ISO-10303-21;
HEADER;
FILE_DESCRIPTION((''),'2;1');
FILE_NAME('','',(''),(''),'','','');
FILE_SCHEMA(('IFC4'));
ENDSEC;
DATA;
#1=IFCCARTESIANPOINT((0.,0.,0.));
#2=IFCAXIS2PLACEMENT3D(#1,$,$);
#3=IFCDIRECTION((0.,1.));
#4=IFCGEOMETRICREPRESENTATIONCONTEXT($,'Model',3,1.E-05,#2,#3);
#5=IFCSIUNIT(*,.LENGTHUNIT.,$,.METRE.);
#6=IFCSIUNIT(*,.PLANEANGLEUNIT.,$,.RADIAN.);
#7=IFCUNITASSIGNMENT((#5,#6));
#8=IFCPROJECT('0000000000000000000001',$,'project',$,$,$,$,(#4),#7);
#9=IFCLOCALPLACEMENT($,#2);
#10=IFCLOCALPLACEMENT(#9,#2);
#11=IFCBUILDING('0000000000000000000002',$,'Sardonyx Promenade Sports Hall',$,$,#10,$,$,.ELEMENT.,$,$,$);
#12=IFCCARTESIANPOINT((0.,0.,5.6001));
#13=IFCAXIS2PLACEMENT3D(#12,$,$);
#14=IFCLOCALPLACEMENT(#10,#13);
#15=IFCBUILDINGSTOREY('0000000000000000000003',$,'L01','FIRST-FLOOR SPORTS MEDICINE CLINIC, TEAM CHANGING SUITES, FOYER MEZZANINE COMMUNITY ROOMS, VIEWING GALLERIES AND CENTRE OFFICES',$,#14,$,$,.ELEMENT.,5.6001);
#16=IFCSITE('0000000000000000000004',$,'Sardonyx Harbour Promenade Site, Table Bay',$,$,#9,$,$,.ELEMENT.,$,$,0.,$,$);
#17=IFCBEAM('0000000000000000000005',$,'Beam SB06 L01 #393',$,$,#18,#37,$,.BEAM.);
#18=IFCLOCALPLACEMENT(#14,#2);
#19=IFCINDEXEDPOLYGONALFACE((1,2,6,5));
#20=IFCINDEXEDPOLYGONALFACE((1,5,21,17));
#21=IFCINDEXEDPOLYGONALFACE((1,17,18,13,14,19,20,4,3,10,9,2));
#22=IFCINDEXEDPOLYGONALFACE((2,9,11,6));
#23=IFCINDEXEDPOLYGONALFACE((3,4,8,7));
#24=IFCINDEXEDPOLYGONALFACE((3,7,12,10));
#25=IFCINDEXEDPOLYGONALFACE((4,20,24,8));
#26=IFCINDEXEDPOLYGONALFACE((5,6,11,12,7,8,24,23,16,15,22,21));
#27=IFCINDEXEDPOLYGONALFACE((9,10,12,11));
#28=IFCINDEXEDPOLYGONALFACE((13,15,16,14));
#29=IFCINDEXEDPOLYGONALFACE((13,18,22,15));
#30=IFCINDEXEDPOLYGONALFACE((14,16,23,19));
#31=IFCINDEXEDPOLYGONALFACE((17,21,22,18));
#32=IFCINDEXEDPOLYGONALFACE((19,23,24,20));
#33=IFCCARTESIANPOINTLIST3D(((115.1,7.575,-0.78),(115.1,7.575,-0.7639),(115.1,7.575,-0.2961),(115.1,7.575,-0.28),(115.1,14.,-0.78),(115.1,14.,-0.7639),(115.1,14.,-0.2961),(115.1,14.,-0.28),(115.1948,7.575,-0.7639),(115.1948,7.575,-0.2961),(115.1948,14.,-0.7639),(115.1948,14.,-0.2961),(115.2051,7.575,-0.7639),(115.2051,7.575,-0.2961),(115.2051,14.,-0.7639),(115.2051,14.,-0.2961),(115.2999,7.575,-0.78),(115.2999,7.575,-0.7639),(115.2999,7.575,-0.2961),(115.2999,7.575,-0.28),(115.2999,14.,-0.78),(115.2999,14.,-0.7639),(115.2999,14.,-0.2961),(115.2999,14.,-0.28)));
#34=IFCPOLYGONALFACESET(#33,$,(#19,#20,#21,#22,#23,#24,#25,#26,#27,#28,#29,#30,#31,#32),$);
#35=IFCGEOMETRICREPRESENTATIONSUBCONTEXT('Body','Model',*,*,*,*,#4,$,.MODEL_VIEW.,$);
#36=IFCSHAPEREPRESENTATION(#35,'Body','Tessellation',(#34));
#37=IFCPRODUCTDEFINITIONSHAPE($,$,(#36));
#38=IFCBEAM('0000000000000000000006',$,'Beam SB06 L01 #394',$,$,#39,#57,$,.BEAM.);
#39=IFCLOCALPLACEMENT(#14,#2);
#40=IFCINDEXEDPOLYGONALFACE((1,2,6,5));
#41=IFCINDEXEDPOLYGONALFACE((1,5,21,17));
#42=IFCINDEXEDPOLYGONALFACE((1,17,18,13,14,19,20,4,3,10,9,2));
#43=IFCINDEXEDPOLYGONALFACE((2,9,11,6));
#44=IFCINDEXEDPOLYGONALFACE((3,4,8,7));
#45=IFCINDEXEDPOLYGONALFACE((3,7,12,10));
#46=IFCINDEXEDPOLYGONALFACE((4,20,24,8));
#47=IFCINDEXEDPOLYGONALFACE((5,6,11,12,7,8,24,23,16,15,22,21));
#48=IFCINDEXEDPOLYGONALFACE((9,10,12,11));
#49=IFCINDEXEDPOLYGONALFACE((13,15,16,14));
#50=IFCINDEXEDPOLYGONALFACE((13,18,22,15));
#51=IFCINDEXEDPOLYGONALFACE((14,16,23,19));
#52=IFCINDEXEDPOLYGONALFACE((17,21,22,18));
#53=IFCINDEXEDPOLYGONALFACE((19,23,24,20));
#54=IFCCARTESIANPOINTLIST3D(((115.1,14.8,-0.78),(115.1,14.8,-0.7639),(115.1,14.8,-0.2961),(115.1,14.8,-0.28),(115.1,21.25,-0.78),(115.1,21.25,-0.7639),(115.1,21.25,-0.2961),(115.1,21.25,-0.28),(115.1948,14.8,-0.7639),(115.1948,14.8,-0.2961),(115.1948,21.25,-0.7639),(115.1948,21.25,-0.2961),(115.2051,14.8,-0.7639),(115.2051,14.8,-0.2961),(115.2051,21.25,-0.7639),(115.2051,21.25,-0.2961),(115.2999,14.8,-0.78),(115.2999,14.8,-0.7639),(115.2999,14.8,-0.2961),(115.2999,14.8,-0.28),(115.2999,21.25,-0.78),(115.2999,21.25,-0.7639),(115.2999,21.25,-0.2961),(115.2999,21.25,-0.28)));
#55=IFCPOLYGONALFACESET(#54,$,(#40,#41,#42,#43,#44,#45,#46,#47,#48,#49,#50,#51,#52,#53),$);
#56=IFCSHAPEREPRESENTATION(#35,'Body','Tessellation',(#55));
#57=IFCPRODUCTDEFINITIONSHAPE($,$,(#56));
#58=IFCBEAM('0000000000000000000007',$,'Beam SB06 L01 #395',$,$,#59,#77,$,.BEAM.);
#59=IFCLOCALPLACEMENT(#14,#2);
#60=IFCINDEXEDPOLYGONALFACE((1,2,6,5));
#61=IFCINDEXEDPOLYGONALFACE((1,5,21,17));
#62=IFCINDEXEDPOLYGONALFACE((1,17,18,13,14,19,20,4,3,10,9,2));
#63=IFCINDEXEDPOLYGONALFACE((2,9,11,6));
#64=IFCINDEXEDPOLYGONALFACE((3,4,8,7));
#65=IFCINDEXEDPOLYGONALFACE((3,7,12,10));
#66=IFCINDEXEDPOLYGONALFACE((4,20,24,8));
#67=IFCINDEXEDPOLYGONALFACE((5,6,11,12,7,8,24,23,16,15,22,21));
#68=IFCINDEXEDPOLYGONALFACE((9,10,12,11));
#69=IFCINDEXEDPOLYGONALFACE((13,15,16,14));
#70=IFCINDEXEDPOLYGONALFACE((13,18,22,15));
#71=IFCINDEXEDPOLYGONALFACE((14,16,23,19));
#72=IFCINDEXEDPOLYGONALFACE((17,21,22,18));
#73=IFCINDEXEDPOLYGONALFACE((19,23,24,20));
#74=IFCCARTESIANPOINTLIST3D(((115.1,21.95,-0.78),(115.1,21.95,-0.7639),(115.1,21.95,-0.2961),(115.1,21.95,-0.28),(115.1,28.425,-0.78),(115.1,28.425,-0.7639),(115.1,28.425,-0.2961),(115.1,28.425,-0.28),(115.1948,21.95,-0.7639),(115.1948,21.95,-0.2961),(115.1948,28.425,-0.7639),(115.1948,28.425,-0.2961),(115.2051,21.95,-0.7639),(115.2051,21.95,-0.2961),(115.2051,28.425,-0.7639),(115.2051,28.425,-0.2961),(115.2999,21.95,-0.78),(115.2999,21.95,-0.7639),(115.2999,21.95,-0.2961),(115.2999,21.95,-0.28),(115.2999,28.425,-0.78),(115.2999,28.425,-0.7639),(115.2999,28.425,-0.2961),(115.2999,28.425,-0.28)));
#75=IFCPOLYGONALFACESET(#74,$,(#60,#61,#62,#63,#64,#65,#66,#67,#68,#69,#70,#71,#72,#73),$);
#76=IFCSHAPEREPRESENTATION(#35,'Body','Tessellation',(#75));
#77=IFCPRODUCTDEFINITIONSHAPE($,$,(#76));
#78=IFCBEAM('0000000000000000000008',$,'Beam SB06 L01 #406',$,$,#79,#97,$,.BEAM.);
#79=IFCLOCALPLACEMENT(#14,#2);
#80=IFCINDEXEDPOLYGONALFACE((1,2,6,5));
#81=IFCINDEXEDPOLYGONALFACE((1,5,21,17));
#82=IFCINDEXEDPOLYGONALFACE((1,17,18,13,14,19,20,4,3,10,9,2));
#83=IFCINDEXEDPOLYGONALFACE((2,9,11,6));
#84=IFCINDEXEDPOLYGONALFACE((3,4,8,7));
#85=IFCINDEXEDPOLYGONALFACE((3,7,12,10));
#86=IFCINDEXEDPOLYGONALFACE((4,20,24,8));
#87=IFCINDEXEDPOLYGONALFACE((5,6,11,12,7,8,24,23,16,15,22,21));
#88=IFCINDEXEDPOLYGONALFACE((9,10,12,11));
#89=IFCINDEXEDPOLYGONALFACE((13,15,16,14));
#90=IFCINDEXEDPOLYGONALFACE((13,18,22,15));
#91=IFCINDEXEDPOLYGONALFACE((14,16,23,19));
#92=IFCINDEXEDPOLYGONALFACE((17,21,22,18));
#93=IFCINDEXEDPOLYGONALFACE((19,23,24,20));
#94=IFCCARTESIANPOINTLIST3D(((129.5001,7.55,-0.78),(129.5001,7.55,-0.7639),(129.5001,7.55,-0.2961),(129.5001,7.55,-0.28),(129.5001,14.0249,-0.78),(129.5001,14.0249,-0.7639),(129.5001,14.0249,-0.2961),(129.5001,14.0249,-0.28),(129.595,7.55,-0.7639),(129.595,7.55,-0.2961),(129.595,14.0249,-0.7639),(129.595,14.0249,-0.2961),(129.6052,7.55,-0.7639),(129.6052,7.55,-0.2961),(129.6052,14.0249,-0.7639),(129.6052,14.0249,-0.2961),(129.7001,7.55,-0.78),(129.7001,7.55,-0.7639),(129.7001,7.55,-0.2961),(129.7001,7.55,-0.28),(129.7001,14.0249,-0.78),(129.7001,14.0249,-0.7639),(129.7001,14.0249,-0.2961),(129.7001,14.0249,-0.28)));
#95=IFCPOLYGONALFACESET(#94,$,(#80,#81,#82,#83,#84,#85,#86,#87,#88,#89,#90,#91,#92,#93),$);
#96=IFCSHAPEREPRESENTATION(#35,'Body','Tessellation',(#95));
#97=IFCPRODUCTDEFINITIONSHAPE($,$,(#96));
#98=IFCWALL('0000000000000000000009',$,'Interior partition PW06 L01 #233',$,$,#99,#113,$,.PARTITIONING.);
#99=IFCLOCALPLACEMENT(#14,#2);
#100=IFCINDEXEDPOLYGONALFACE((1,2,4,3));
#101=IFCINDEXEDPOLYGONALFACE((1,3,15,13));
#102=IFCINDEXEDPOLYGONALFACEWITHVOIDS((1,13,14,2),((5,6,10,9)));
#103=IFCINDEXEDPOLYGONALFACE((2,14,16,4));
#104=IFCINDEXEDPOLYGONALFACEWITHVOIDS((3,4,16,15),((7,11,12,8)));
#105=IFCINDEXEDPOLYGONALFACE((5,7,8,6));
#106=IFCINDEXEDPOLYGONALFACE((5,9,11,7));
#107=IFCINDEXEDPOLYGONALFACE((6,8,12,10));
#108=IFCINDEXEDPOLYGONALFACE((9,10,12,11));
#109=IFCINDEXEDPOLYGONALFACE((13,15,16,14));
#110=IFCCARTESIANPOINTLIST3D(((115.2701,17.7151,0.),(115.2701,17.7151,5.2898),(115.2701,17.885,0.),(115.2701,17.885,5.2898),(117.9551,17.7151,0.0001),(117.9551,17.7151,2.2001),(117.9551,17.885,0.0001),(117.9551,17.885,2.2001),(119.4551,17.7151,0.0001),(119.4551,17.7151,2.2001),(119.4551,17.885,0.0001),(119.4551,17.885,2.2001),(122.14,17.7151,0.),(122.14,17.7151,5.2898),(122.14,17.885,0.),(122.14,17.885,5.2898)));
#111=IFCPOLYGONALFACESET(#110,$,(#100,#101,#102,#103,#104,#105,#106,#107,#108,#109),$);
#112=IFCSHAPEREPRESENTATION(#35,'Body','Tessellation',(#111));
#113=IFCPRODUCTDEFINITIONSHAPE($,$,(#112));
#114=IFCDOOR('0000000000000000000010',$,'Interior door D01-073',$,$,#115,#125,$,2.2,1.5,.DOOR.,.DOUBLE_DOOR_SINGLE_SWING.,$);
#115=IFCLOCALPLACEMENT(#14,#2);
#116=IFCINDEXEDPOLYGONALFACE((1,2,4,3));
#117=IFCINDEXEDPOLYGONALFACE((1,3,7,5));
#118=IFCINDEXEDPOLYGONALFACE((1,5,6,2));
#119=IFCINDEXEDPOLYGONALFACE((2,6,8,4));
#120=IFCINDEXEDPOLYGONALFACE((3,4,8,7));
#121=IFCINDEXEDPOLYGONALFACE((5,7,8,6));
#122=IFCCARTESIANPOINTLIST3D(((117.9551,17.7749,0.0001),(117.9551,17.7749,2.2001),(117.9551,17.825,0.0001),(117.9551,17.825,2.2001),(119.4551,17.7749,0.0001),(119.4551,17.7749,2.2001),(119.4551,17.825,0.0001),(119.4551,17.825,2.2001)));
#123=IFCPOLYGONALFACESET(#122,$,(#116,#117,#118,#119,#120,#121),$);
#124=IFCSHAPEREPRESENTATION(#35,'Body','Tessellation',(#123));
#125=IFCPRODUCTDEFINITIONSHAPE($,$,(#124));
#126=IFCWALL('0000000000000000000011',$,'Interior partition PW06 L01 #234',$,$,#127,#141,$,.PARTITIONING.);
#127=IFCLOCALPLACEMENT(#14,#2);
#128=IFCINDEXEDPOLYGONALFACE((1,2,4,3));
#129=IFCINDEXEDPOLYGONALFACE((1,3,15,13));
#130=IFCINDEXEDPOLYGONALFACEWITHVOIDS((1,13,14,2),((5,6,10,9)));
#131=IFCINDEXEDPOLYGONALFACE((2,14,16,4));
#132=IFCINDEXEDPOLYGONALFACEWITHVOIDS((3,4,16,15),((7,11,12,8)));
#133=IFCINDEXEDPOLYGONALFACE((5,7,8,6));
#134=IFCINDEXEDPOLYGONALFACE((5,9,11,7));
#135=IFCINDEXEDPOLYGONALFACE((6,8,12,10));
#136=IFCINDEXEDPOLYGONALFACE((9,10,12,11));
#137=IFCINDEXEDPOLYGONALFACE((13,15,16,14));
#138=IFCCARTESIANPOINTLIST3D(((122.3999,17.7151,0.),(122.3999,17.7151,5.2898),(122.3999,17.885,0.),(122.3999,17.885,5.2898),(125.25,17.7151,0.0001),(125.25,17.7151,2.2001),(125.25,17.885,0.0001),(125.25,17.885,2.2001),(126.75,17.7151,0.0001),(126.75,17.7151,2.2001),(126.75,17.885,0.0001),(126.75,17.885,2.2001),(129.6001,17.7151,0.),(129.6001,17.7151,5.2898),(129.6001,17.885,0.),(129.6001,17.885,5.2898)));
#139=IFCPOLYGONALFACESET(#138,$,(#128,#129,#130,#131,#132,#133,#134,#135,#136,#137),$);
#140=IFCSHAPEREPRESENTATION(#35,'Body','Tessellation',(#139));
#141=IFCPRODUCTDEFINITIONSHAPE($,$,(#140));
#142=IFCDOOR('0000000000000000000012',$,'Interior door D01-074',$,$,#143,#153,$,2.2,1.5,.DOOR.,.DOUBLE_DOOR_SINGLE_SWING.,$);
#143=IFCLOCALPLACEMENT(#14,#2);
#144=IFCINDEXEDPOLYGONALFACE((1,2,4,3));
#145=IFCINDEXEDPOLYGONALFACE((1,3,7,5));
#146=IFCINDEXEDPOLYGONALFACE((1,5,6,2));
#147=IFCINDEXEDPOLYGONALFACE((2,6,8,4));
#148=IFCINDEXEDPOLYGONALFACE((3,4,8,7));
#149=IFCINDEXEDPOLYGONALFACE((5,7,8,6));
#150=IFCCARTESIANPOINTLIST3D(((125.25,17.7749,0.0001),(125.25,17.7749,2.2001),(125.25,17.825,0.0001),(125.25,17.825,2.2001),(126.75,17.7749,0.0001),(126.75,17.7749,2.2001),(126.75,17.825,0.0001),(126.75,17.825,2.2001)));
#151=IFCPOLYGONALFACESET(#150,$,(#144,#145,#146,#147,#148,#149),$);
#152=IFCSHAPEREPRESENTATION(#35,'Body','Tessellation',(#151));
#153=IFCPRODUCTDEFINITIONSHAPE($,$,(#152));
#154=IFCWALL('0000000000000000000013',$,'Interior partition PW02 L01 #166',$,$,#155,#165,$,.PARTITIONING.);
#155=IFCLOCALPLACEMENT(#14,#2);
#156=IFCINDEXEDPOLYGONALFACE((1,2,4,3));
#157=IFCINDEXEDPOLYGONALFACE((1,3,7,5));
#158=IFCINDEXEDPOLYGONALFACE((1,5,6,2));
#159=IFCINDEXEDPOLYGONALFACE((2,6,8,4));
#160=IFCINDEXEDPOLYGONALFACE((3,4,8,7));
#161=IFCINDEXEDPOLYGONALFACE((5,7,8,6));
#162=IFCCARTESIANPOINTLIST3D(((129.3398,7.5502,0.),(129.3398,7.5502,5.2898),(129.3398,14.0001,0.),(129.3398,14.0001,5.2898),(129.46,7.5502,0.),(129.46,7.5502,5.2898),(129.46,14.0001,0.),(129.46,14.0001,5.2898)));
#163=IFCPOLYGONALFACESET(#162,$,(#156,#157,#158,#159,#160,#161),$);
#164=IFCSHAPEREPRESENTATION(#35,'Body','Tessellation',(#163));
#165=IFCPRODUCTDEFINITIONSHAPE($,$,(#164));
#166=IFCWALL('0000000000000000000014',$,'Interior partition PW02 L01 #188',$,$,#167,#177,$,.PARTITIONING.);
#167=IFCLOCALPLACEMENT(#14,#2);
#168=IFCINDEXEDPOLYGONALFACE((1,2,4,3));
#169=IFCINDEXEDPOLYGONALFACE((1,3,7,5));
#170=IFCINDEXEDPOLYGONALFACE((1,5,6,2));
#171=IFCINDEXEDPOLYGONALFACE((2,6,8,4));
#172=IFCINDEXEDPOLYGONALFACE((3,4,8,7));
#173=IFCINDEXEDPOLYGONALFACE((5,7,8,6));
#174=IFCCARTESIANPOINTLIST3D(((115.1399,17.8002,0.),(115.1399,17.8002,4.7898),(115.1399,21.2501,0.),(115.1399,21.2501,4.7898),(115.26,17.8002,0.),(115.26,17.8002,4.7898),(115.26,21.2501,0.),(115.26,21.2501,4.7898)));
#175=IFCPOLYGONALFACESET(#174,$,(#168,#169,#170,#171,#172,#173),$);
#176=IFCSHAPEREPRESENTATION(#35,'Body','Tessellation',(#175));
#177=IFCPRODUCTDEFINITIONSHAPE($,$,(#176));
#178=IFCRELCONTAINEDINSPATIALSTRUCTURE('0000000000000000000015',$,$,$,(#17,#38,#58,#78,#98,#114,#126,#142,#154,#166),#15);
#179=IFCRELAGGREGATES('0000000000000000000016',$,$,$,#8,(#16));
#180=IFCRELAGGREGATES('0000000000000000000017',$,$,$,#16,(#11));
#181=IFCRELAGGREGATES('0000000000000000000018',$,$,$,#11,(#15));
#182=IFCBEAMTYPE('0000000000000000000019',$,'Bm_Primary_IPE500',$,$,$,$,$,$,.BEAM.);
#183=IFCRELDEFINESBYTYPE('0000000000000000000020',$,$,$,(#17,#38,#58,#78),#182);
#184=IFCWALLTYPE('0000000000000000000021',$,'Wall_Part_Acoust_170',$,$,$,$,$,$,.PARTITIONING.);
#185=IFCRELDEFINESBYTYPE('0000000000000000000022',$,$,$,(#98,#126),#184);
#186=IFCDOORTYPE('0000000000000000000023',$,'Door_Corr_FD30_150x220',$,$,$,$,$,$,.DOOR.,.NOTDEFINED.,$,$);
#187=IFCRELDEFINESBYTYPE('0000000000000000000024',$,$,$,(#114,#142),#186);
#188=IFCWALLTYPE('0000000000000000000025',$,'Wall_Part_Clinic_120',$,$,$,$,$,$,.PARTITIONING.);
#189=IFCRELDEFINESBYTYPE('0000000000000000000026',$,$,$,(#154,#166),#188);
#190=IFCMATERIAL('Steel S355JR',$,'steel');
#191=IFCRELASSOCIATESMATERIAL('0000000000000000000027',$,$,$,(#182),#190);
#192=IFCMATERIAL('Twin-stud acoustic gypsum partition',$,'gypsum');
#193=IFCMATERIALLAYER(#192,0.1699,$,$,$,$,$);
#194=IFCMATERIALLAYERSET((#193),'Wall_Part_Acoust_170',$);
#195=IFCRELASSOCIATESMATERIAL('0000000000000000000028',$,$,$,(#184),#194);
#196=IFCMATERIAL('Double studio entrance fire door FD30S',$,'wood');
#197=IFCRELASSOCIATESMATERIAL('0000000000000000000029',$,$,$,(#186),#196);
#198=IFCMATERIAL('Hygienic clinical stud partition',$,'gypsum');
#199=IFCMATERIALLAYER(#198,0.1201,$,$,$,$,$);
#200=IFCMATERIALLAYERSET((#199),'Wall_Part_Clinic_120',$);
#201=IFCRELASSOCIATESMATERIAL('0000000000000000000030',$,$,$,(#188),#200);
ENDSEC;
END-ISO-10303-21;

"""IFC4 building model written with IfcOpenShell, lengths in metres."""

from ifc_helpers import new_model, si_unit, direction, frame, frame_2d, origin, origin_2d, place, context, subcontext, project, spatial, rectangle, i_section, extrude, material, layer, layer_set, material_profile, profile_set, type_object, element, fill, save


model = new_model("IFC4")

# Units and contexts
model_context = context("Model", 3, precision=1e-05, world=origin(), true_north=direction((0.0, 1.0)))
body_context = subcontext(model_context, "Body", "Model", "MODEL_VIEW")
ifc_project = project(units=[si_unit("LENGTHUNIT", "METRE"), si_unit("PLANEANGLEUNIT", "RADIAN")], contexts=[model_context])

# Site, building, storey
site_placement = place(None, origin())
site = spatial("IfcSite", under=ifc_project, at=site_placement, Name="Sardonyx Harbour Promenade Site, Table Bay", CompositionType="ELEMENT", RefElevation=0.0)
building_placement = place(site_placement, origin())
building = spatial("IfcBuilding", under=site, at=building_placement, Name="Sardonyx Promenade Sports Hall", CompositionType="ELEMENT")
storey_placement = place(building_placement, frame((0.0, 0.0, 5.6001)))
storey = spatial("IfcBuildingStorey", under=building, at=storey_placement, Name="L01", Description="FIRST-FLOOR SPORTS MEDICINE CLINIC, TEAM CHANGING SUITES, FOYER MEZZANINE COMMUNITY ROOMS, VIEWING GALLERIES AND CENTRE OFFICES", CompositionType="ELEMENT", Elevation=5.6001)

# Beams
ifc_material_1 = material(Name="Steel S355JR", Category="steel")
ifc_material_profile_1 = material_profile(ifc_material_1, i_section(OverallWidth=0.2, OverallDepth=0.5, WebThickness=0.0103, FlangeThickness=0.0161, at=origin_2d()))
ifc_profile_set_1 = profile_set([ifc_material_profile_1], Name="Steel S355JR")
beam_type_1 = type_object("IfcBeamType", Name="Bm_Primary_IPE500", PredefinedType="BEAM", material=ifc_profile_set_1)
beam_1_placement = place(storey_placement, frame((115.2, 7.575, -0.53), z_axis=(0.0, 1.0, 0.0), x_axis=(-1.0, 0.0, 0.0)))
element("IfcBeam", 1, at=beam_1_placement, inside=storey, type_object=beam_type_1, Name="Beam SB06 L01 #393", PredefinedType="BEAM", context=body_context, shape_type="SweptSolid", body=[
    extrude(i_section(OverallWidth=0.2, OverallDepth=0.5, WebThickness=0.0103, FlangeThickness=0.0161, at=origin_2d()), origin(), (0.0, 0.0, 1.0), 6.425),
])
beam_2_placement = place(storey_placement, frame((115.2, 14.8, -0.53), z_axis=(0.0, 1.0, 0.0), x_axis=(-1.0, 0.0, 0.0)))
element("IfcBeam", 2, at=beam_2_placement, inside=storey, type_object=beam_type_1, Name="Beam SB06 L01 #394", PredefinedType="BEAM", context=body_context, shape_type="SweptSolid", body=[
    extrude(i_section(OverallWidth=0.2, OverallDepth=0.5, WebThickness=0.0103, FlangeThickness=0.0161, at=origin_2d()), origin(), (0.0, 0.0, 1.0), 6.45),
])
beam_3_placement = place(storey_placement, frame((115.2, 21.95, -0.53), z_axis=(0.0, 1.0, 0.0), x_axis=(-1.0, 0.0, 0.0)))
element("IfcBeam", 3, at=beam_3_placement, inside=storey, type_object=beam_type_1, Name="Beam SB06 L01 #395", PredefinedType="BEAM", context=body_context, shape_type="SweptSolid", body=[
    extrude(i_section(OverallWidth=0.2, OverallDepth=0.5, WebThickness=0.0103, FlangeThickness=0.0161, at=origin_2d()), origin(), (0.0, 0.0, 1.0), 6.4751),
])
beam_4_placement = place(storey_placement, frame((129.6001, 7.55, -0.53), z_axis=(0.0, 1.0, 0.0), x_axis=(-1.0, 0.0, 0.0)))
element("IfcBeam", 4, at=beam_4_placement, inside=storey, type_object=beam_type_1, Name="Beam SB06 L01 #406", PredefinedType="BEAM", context=body_context, shape_type="SweptSolid", body=[
    extrude(i_section(OverallWidth=0.2, OverallDepth=0.5, WebThickness=0.0103, FlangeThickness=0.0161, at=origin_2d()), origin(), (0.0, 0.0, 1.0), 6.4749),
])

# Walls, openings, doors
ifc_material_2 = material(Name="Twin-stud acoustic gypsum partition", Category="gypsum")
ifc_layer_1 = layer(ifc_material_2, 0.1699)
ifc_layer_set_1 = layer_set([ifc_layer_1], Name="Wall_Part_Acoust_170")
wall_type_1 = type_object("IfcWallType", Name="Wall_Part_Acoust_170", PredefinedType="PARTITIONING", material=ifc_layer_set_1)
wall_1_placement = place(storey_placement, frame((115.27, 17.8, 0.0), z_axis=(0.0, 0.0, 1.0), x_axis=(1.0, 0.0, 0.0)))
wall_1 = element("IfcWall", 5, at=wall_1_placement, inside=storey, type_object=wall_type_1, Name="Interior partition PW06 L01 #233", PredefinedType="PARTITIONING", context=body_context, shape_type="SweptSolid", body=[
    extrude(rectangle(XDim=6.8699, YDim=0.1699, at=frame_2d((3.4351, 0.0))), origin(), (0.0, 0.0, 1.0), 5.2898),
])
opening_1_placement = place(wall_1_placement, frame((2.6851, 0.0, 0.0)))
opening_1 = element("IfcOpeningElement", 6, at=opening_1_placement, cuts=wall_1, PredefinedType="OPENING", context=body_context, shape_type="SweptSolid", body=[
    extrude(rectangle(XDim=1.5, YDim=2.2, at=frame_2d((0.75, 1.1001))), frame((0.0, 0.095, 0.0), z_axis=(0.0, -1.0, 0.0), x_axis=(1.0, 0.0, 0.0)), (0.0, 0.0, 1.0), 0.19),
])
ifc_material_3 = material(Name="Double studio entrance fire door FD30S", Category="wood")
door_type_1 = type_object("IfcDoorType", Name="Door_Corr_FD30_150x220", OperationType="NOTDEFINED", PredefinedType="DOOR", material=ifc_material_3)
door_1_placement = place(opening_1_placement, origin())
door_1 = element("IfcDoor", 7, at=door_1_placement, inside=storey, type_object=door_type_1, Name="Interior door D01-073", OperationType="DOUBLE_DOOR_SINGLE_SWING", OverallHeight=2.2, OverallWidth=1.5, PredefinedType="DOOR", context=body_context, shape_type="SweptSolid", body=[
    extrude(rectangle(XDim=1.5, YDim=2.2, at=frame_2d((0.75, 1.1001))), frame((0.0, 0.0249, 0.0), z_axis=(0.0, -1.0, 0.0), x_axis=(1.0, 0.0, 0.0)), (0.0, 0.0, 1.0), 0.05),
])
fill(opening_1, door_1)
wall_2_placement = place(storey_placement, frame((122.3999, 17.8, 0.0), z_axis=(0.0, 0.0, 1.0), x_axis=(1.0, 0.0, 0.0)))
wall_2 = element("IfcWall", 8, at=wall_2_placement, inside=storey, type_object=wall_type_1, Name="Interior partition PW06 L01 #234", PredefinedType="PARTITIONING", context=body_context, shape_type="SweptSolid", body=[
    extrude(rectangle(XDim=7.2002, YDim=0.1699, at=frame_2d((3.6001, 0.0))), origin(), (0.0, 0.0, 1.0), 5.2898),
])
opening_2_placement = place(wall_2_placement, frame((2.8501, 0.0, 0.0)))
opening_2 = element("IfcOpeningElement", 9, at=opening_2_placement, cuts=wall_2, PredefinedType="OPENING", context=body_context, shape_type="SweptSolid", body=[
    extrude(rectangle(XDim=1.5, YDim=2.2, at=frame_2d((0.75, 1.1001))), frame((0.0, 0.095, 0.0), z_axis=(0.0, -1.0, 0.0), x_axis=(1.0, 0.0, 0.0)), (0.0, 0.0, 1.0), 0.19),
])
door_2_placement = place(opening_2_placement, origin())
door_2 = element("IfcDoor", 10, at=door_2_placement, inside=storey, type_object=door_type_1, Name="Interior door D01-074", OperationType="DOUBLE_DOOR_SINGLE_SWING", OverallHeight=2.2, OverallWidth=1.5, PredefinedType="DOOR", context=body_context, shape_type="SweptSolid", body=[
    extrude(rectangle(XDim=1.5, YDim=2.2, at=frame_2d((0.75, 1.1001))), frame((0.0, 0.0249, 0.0), z_axis=(0.0, -1.0, 0.0), x_axis=(1.0, 0.0, 0.0)), (0.0, 0.0, 1.0), 0.05),
])
fill(opening_2, door_2)

# Walls
ifc_material_4 = material(Name="Hygienic clinical stud partition", Category="gypsum")
ifc_layer_2 = layer(ifc_material_4, 0.1201)
ifc_layer_set_2 = layer_set([ifc_layer_2], Name="Wall_Part_Clinic_120")
wall_type_2 = type_object("IfcWallType", Name="Wall_Part_Clinic_120", PredefinedType="PARTITIONING", material=ifc_layer_set_2)
wall_3_placement = place(storey_placement, frame((129.3999, 7.55, 0.0), z_axis=(0.0, 0.0, 1.0), x_axis=(0.0, 1.0, 0.0)))
element("IfcWall", 11, at=wall_3_placement, inside=storey, type_object=wall_type_2, Name="Interior partition PW02 L01 #166", PredefinedType="PARTITIONING", context=body_context, shape_type="SweptSolid", body=[
    extrude(rectangle(XDim=6.45, YDim=0.1201, at=frame_2d((3.2251, 0.0))), origin(), (0.0, 0.0, 1.0), 5.2898),
])
wall_4_placement = place(storey_placement, frame((115.2, 17.8, 0.0), z_axis=(0.0, 0.0, 1.0), x_axis=(0.0, 1.0, 0.0)))
element("IfcWall", 12, at=wall_4_placement, inside=storey, type_object=wall_type_2, Name="Interior partition PW02 L01 #188", PredefinedType="PARTITIONING", context=body_context, shape_type="SweptSolid", body=[
    extrude(rectangle(XDim=3.45, YDim=0.1201, at=frame_2d((1.7251, 0.0))), origin(), (0.0, 0.0, 1.0), 4.7898),
])

save(model, "model.ifc")
